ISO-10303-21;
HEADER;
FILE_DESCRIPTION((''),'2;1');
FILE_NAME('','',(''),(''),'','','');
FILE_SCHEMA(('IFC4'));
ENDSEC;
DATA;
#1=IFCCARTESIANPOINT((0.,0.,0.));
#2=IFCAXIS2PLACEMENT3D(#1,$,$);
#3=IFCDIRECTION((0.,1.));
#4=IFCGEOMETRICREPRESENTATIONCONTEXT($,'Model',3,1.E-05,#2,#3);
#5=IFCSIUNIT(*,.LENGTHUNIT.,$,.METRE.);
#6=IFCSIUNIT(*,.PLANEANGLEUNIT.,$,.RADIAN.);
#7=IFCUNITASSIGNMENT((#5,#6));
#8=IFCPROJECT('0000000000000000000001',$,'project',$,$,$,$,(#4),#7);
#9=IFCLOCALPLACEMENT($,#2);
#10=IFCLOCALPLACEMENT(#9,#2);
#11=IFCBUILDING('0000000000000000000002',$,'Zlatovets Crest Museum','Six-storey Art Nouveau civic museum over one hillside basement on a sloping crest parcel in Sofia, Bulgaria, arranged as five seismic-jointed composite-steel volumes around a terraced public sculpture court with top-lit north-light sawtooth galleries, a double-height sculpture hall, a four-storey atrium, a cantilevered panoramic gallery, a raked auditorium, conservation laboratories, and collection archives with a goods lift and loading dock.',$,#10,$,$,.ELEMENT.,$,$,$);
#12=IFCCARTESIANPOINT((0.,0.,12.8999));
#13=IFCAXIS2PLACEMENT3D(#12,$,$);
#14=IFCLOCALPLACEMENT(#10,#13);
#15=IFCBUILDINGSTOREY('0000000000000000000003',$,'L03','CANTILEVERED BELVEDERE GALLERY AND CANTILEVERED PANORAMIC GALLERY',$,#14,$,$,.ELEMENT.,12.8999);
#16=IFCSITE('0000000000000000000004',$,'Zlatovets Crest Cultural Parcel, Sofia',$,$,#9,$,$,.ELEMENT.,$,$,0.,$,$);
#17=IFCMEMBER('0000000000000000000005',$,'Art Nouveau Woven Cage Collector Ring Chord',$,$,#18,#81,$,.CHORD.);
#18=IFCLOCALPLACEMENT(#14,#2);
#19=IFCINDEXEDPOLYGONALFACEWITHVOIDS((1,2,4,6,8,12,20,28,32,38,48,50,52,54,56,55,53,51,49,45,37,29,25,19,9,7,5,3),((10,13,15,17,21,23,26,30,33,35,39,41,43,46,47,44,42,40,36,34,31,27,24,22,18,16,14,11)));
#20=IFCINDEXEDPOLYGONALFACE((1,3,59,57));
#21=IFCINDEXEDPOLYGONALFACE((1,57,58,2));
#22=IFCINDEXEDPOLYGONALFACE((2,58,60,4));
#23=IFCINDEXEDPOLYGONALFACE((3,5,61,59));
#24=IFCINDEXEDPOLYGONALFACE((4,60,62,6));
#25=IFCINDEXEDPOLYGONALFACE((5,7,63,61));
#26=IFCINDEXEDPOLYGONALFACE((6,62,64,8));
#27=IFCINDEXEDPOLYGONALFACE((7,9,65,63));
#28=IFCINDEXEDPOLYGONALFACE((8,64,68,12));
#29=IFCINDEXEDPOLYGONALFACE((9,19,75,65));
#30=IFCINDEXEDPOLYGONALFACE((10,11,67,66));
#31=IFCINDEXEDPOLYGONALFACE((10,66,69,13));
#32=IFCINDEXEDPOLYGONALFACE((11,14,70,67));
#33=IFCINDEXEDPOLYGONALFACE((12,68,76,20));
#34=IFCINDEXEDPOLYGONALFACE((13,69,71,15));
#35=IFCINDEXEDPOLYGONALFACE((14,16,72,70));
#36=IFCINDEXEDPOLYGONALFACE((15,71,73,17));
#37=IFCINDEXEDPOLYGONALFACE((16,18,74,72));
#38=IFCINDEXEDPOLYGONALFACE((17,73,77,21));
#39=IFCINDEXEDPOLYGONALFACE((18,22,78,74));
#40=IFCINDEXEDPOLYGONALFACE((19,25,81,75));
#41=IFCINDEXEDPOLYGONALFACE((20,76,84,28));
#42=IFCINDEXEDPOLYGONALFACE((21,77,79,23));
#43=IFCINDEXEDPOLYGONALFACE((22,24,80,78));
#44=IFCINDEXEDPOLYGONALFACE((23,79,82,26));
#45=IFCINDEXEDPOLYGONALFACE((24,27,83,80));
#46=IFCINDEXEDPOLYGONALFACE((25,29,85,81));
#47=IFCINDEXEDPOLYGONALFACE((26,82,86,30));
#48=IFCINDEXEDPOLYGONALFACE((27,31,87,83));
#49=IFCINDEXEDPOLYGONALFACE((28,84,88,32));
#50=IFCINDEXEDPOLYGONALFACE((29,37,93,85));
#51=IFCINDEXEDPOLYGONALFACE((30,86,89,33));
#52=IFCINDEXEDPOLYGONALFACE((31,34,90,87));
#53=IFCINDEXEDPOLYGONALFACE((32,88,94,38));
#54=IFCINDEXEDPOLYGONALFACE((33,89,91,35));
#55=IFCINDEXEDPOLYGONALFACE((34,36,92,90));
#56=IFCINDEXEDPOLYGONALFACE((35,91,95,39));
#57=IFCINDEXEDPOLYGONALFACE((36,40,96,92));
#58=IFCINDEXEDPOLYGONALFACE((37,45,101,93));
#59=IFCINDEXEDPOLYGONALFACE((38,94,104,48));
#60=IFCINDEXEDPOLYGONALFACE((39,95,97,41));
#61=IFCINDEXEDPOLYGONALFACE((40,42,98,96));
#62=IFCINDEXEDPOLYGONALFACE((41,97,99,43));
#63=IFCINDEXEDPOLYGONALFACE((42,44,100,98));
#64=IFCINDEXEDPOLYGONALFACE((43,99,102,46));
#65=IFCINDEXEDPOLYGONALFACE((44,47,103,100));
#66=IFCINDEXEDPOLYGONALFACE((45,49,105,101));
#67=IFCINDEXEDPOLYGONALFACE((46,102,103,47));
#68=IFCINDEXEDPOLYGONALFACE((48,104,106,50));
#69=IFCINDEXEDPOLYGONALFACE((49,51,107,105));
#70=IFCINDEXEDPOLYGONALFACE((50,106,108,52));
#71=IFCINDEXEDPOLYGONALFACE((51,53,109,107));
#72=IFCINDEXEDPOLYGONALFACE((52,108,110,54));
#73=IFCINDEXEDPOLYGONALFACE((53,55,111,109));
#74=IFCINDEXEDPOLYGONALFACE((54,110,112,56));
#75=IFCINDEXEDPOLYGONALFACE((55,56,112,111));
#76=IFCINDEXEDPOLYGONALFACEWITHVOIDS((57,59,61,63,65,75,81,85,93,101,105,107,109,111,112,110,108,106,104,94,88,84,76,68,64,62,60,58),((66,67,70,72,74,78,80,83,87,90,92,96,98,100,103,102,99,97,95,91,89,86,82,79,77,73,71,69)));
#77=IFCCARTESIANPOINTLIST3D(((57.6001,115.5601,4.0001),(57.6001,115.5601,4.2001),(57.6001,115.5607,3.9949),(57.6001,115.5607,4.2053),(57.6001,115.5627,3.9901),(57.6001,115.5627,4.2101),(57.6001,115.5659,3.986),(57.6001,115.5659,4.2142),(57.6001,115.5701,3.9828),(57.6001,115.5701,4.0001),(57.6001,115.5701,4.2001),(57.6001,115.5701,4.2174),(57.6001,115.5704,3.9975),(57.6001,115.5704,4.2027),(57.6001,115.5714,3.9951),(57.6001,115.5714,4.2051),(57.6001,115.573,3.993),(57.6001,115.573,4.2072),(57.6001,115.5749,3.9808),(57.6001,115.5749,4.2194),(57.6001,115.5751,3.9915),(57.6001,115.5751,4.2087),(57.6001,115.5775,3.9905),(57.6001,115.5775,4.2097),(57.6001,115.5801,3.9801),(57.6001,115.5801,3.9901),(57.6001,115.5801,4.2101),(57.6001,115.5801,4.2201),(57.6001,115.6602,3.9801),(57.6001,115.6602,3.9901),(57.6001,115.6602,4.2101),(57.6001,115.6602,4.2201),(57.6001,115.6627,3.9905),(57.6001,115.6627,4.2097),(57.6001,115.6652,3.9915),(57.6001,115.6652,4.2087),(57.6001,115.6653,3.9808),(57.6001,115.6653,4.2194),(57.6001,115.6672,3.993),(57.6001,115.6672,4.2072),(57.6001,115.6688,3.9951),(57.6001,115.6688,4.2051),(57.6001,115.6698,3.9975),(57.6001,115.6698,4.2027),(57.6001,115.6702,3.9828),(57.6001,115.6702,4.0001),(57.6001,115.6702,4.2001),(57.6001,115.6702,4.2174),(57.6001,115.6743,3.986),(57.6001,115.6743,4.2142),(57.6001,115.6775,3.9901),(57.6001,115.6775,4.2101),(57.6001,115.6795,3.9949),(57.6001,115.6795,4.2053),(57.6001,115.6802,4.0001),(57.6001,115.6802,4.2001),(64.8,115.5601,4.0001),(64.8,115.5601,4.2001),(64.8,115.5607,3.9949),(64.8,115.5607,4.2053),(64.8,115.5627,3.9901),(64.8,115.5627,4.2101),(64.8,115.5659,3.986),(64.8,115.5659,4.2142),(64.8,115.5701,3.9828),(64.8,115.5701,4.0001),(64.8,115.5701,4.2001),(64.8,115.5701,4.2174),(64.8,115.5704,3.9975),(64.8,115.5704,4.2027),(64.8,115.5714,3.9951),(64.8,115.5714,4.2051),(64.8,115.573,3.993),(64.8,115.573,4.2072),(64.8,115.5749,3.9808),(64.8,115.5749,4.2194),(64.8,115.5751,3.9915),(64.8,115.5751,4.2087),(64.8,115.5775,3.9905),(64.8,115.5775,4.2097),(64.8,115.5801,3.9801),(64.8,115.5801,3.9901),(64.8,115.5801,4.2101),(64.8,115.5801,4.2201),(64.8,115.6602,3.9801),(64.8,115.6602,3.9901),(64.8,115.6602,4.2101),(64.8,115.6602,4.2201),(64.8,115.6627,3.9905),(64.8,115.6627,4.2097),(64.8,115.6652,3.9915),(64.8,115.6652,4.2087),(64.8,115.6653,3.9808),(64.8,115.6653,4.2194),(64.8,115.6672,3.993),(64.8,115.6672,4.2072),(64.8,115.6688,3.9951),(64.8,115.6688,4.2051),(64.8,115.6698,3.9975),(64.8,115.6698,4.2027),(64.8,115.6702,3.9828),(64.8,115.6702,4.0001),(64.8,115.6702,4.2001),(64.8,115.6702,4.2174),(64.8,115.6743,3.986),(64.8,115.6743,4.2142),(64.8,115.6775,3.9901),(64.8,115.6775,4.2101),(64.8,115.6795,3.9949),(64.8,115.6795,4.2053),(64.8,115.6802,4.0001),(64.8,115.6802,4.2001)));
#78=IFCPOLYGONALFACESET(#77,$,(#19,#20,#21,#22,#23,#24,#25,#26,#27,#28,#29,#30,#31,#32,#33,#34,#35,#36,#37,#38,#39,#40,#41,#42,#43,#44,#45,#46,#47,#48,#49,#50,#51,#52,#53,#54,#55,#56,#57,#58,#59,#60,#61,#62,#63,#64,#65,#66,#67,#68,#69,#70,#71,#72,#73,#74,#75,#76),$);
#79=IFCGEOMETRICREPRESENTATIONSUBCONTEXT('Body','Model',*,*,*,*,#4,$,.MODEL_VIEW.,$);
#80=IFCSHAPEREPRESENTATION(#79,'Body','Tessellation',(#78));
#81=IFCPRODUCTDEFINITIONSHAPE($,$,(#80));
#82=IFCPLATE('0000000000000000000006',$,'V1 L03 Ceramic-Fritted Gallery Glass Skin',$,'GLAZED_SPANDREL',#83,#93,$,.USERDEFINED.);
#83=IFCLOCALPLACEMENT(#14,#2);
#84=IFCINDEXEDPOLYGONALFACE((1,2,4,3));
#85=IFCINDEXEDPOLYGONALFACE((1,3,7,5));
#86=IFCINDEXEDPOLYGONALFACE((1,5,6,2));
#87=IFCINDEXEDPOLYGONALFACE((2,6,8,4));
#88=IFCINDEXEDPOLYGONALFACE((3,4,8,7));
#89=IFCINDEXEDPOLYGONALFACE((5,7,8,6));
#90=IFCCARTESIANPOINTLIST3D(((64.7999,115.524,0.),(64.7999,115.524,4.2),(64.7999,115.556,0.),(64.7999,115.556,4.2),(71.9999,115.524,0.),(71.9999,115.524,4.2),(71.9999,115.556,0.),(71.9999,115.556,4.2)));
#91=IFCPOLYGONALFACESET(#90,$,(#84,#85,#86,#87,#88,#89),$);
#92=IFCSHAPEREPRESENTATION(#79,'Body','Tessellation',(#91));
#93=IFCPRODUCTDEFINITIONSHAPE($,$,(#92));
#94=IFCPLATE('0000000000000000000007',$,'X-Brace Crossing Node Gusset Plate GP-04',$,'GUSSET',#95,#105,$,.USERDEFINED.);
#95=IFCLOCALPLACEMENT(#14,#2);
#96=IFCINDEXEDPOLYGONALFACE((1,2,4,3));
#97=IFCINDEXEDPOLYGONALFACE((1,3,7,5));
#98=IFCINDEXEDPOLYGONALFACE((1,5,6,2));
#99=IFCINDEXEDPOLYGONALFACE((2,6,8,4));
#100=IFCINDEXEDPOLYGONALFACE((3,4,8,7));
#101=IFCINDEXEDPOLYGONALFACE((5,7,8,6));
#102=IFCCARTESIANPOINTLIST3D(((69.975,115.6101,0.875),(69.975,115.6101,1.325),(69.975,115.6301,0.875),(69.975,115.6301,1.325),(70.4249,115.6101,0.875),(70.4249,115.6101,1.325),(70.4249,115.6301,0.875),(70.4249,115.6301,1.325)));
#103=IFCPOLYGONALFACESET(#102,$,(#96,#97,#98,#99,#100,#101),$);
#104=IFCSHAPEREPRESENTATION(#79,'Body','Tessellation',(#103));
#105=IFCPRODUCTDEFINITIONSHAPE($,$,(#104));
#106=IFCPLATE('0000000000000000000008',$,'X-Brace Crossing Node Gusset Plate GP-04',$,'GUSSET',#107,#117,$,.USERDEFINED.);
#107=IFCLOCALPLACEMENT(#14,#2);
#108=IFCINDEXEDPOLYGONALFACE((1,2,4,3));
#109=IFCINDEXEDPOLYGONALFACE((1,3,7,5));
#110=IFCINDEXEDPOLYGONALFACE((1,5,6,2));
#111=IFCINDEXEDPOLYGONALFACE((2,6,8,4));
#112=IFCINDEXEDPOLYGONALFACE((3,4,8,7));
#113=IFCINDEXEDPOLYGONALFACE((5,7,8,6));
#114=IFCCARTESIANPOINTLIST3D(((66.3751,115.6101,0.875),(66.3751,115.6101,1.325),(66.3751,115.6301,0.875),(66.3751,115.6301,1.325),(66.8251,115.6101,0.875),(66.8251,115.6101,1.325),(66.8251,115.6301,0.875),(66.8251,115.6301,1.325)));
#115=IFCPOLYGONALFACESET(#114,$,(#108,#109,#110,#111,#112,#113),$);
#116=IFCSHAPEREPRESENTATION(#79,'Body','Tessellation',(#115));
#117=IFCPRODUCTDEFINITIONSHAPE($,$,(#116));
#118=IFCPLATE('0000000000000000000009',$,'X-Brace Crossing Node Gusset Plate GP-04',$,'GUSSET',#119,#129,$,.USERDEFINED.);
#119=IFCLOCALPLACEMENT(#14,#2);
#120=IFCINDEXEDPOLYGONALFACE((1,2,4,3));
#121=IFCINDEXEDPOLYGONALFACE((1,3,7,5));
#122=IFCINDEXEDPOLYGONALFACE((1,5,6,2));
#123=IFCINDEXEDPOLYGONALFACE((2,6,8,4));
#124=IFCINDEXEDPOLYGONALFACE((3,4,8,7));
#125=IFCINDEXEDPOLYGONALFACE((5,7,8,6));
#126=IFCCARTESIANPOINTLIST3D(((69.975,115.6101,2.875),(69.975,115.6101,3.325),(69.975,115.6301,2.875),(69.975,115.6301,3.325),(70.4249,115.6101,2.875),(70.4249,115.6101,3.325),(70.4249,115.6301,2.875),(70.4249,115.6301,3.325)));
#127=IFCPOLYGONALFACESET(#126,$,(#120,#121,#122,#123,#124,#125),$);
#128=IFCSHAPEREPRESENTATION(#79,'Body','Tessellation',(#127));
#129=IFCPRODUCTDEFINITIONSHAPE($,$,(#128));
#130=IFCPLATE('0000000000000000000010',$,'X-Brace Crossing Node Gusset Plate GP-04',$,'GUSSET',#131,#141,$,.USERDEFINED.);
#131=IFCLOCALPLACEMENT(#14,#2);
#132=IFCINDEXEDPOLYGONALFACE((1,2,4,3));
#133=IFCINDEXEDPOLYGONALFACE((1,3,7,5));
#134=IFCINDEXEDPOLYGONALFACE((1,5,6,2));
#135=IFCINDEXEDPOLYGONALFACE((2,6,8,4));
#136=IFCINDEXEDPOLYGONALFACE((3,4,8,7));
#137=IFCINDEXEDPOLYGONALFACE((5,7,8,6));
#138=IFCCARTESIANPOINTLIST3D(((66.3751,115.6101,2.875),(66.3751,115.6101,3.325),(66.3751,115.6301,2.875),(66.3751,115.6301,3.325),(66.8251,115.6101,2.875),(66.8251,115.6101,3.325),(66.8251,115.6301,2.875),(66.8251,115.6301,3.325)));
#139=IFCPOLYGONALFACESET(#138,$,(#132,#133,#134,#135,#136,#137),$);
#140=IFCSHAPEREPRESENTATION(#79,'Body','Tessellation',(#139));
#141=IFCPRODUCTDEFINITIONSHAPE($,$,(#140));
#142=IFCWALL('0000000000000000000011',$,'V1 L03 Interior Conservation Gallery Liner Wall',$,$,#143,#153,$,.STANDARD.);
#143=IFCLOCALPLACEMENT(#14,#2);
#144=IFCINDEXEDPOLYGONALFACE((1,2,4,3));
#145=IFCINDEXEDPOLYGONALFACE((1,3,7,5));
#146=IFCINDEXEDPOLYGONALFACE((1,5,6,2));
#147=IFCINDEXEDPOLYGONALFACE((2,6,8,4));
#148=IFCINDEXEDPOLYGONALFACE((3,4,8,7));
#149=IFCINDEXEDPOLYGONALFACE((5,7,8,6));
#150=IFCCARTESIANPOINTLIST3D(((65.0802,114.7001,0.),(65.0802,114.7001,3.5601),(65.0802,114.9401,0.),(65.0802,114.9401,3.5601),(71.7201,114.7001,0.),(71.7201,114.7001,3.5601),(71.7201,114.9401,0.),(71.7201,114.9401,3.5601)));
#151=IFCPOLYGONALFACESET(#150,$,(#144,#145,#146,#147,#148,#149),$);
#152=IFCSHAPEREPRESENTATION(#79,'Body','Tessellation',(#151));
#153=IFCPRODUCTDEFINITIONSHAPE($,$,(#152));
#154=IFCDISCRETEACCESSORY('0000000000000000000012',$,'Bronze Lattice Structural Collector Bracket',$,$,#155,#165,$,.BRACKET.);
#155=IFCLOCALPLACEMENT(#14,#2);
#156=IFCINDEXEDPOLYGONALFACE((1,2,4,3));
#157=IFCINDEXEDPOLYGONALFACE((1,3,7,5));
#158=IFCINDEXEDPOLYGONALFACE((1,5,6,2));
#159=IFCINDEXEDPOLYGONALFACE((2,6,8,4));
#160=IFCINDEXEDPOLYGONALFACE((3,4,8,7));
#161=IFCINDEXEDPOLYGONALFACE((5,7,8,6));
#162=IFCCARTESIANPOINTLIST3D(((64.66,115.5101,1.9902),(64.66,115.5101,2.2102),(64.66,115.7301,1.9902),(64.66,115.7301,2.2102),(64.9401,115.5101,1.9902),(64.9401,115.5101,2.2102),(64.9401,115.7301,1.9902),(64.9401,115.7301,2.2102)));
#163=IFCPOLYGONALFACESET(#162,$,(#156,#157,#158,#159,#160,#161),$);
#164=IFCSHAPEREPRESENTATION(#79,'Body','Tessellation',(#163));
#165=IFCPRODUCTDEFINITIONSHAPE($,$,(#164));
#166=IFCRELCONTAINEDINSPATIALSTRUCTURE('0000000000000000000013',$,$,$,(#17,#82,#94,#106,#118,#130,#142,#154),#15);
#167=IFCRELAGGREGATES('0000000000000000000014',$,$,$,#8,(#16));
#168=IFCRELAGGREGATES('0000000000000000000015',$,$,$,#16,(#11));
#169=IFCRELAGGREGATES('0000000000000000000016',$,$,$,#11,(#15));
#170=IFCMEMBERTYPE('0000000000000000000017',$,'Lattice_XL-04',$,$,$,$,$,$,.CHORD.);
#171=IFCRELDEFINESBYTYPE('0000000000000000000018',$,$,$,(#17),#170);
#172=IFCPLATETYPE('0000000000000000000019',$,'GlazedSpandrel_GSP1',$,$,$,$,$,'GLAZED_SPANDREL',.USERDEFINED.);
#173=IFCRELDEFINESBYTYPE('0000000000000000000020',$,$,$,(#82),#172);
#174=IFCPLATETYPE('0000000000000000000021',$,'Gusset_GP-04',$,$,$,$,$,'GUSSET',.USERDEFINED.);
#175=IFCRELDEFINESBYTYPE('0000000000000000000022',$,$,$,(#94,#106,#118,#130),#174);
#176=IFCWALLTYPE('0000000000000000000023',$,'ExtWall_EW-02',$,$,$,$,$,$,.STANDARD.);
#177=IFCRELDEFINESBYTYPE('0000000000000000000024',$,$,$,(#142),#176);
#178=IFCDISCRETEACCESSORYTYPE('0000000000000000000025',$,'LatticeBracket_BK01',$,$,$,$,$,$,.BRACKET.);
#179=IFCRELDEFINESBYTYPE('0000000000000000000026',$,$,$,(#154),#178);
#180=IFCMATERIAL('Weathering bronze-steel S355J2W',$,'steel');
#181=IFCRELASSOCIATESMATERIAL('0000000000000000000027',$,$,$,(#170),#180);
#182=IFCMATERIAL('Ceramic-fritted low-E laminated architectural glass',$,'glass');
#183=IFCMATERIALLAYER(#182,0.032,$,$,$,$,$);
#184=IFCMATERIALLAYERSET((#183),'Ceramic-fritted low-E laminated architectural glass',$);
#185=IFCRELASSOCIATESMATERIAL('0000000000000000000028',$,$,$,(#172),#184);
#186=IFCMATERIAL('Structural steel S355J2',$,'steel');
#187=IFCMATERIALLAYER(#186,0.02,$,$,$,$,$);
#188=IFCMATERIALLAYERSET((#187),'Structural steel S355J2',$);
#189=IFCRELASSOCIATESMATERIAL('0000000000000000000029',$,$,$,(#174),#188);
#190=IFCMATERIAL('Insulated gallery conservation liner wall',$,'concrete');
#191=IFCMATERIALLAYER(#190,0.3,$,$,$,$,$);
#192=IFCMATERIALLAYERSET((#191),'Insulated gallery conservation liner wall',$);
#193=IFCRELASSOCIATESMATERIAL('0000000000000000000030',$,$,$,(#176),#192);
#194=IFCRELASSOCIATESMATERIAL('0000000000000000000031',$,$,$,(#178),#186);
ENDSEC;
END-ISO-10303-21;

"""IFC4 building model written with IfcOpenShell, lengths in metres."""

from ifc_helpers import new_model, si_unit, direction, frame, frame_2d, origin, origin_2d, place, context, subcontext, project, spatial, rectangle, hollow_rectangle, extrude, material, layer, layer_set, material_profile, profile_set, type_object, element, save


model = new_model("IFC4")

# Units and contexts
model_context = context("Model", 3, precision=1e-05, world=origin(), true_north=direction((0.0, 1.0)))
body_context = subcontext(model_context, "Body", "Model", "MODEL_VIEW")
ifc_project = project(units=[si_unit("LENGTHUNIT", "METRE"), si_unit("PLANEANGLEUNIT", "RADIAN")], contexts=[model_context])

# Site, building, storey
site_placement = place(None, origin())
site = spatial("IfcSite", under=ifc_project, at=site_placement, Name="Zlatovets Crest Cultural Parcel, Sofia", CompositionType="ELEMENT", RefElevation=0.0)
building_placement = place(site_placement, origin())
building = spatial("IfcBuilding", under=site, at=building_placement, Name="Zlatovets Crest Museum", Description="Six-storey Art Nouveau civic museum over one hillside basement on a sloping crest parcel in Sofia, Bulgaria, arranged as five seismic-jointed composite-steel volumes around a terraced public sculpture court with top-lit north-light sawtooth galleries, a double-height sculpture hall, a four-storey atrium, a cantilevered panoramic gallery, a raked auditorium, conservation laboratories, and collection archives with a goods lift and loading dock.", CompositionType="ELEMENT")
storey_placement = place(building_placement, frame((0.0, 0.0, 12.8999)))
storey = spatial("IfcBuildingStorey", under=building, at=storey_placement, Name="L03", Description="CANTILEVERED BELVEDERE GALLERY AND CANTILEVERED PANORAMIC GALLERY", CompositionType="ELEMENT", Elevation=12.8999)

# Shared definitions
ifc_material_1 = material(Name="Structural steel S355J2", Category="steel")

# Member
ifc_material_2 = material(Name="Weathering bronze-steel S355J2W", Category="steel")
ifc_material_profile_1 = material_profile(ifc_material_2, hollow_rectangle(XDim=0.1201, YDim=0.24, WallThickness=0.01, InnerFilletRadius=0.01, OuterFilletRadius=0.02, at=origin_2d()), Name="RHS 120x240x10.0")
ifc_profile_set_1 = profile_set([ifc_material_profile_1], Name="Weathering bronze-steel S355J2W")
member_type_1 = type_object("IfcMemberType", Name="Lattice_XL-04", PredefinedType="CHORD", material=ifc_profile_set_1)
member_1_placement = place(storey_placement, frame((64.8, 115.6201, 4.1001), z_axis=(-1.0, 0.0, 0.0), x_axis=(0.0, -1.0, 0.0)))
element("IfcMember", 1, at=member_1_placement, inside=storey, type_object=member_type_1, Name="Art Nouveau Woven Cage Collector Ring Chord", PredefinedType="CHORD", context=body_context, shape_type="SweptSolid", body=[
    extrude(hollow_rectangle(XDim=0.1201, YDim=0.24, WallThickness=0.01, InnerFilletRadius=0.01, OuterFilletRadius=0.02, at=origin_2d()), origin(), (0.0, 0.0, 1.0), 7.2),
])

# Plates
ifc_material_3 = material(Name="Ceramic-fritted low-E laminated architectural glass", Category="glass")
ifc_layer_1 = layer(ifc_material_3, 0.032)
ifc_layer_set_1 = layer_set([ifc_layer_1], Name="Ceramic-fritted low-E laminated architectural glass")
plate_type_1 = type_object("IfcPlateType", Name="GlazedSpandrel_GSP1", ElementType="GLAZED_SPANDREL", PredefinedType="USERDEFINED", material=ifc_layer_set_1)
plate_placement = place(storey_placement, frame((68.3999, 115.54, 0.0), z_axis=(0.0, 0.0, 1.0), x_axis=(1.0, 0.0, 0.0)))
element("IfcPlate", 2, at=plate_placement, inside=storey, type_object=plate_type_1, Name="V1 L03 Ceramic-Fritted Gallery Glass Skin", ObjectType="GLAZED_SPANDREL", PredefinedType="USERDEFINED", context=body_context, shape_type="SweptSolid", body=[
    extrude(rectangle(XDim=7.2, YDim=0.032, at=origin_2d()), origin(), (0.0, 0.0, 1.0), 4.2),
])
ifc_layer_2 = layer(ifc_material_1, 0.02)
ifc_layer_set_2 = layer_set([ifc_layer_2], Name="Structural steel S355J2")
plate_type_2 = type_object("IfcPlateType", Name="Gusset_GP-04", ElementType="GUSSET", PredefinedType="USERDEFINED", material=ifc_layer_set_2)
for number, where, z_axis, x_axis, name in (
    (3, (70.2, 115.6201, 0.875), (0.0, 0.0, 1.0), (1.0, 0.0, 0.0), "X-Brace Crossing Node Gusset Plate GP-04"),
    (4, (66.6001, 115.6201, 0.875), (0.0, 0.0, 1.0), (1.0, 0.0, 0.0), "X-Brace Crossing Node Gusset Plate GP-04"),
    (5, (70.2, 115.6201, 2.875), (0.0, 0.0, 1.0), (1.0, 0.0, 0.0), "X-Brace Crossing Node Gusset Plate GP-04"),
    (6, (66.6001, 115.6201, 2.875), (0.0, 0.0, 1.0), (1.0, 0.0, 0.0), "X-Brace Crossing Node Gusset Plate GP-04"),
):
    element("IfcPlate", number, at=place(storey_placement, frame(where, z_axis=z_axis, x_axis=x_axis)), inside=storey, type_object=plate_type_2, Name=name, ObjectType="GUSSET", PredefinedType="USERDEFINED", context=body_context, shape_type="SweptSolid", body=[
        extrude(rectangle(XDim=0.45, YDim=0.02, at=origin_2d()), origin(), (0.0, 0.0, 1.0), 0.45),
    ])

# Wall
ifc_material_4 = material(Name="Insulated gallery conservation liner wall", Category="concrete")
ifc_layer_3 = layer(ifc_material_4, 0.3)
ifc_layer_set_3 = layer_set([ifc_layer_3], Name="Insulated gallery conservation liner wall")
wall_type = type_object("IfcWallType", Name="ExtWall_EW-02", PredefinedType="STANDARD", material=ifc_layer_set_3)
wall_placement = place(storey_placement, frame((71.72, 114.8201, 0.0), z_axis=(0.0, 0.0, 1.0), x_axis=(-1.0, 0.0, 0.0)))
element("IfcWall", 7, at=wall_placement, inside=storey, type_object=wall_type, Name="V1 L03 Interior Conservation Gallery Liner Wall", PredefinedType="STANDARD", context=body_context, shape_type="SweptSolid", body=[
    extrude(rectangle(XDim=6.6399, YDim=0.24, at=frame_2d((3.3198, 0.0))), origin(), (0.0, 0.0, 1.0), 3.5601),
])

# Discrete accessory
discrete_accessory_type = type_object("IfcDiscreteAccessoryType", Name="LatticeBracket_BK01", PredefinedType="BRACKET", material=ifc_material_1)
discrete_accessory_placement = place(storey_placement, frame((64.8, 115.6201, 1.9902), z_axis=(0.0, 0.0, 1.0), x_axis=(1.0, 0.0, 0.0)))
element("IfcDiscreteAccessory", 8, at=discrete_accessory_placement, inside=storey, type_object=discrete_accessory_type, Name="Bronze Lattice Structural Collector Bracket", PredefinedType="BRACKET", context=body_context, shape_type="SweptSolid", body=[
    extrude(rectangle(XDim=0.28, YDim=0.22, at=origin_2d()), origin(), (0.0, 0.0, 1.0), 0.22),
])

save(model, "model.ifc")
